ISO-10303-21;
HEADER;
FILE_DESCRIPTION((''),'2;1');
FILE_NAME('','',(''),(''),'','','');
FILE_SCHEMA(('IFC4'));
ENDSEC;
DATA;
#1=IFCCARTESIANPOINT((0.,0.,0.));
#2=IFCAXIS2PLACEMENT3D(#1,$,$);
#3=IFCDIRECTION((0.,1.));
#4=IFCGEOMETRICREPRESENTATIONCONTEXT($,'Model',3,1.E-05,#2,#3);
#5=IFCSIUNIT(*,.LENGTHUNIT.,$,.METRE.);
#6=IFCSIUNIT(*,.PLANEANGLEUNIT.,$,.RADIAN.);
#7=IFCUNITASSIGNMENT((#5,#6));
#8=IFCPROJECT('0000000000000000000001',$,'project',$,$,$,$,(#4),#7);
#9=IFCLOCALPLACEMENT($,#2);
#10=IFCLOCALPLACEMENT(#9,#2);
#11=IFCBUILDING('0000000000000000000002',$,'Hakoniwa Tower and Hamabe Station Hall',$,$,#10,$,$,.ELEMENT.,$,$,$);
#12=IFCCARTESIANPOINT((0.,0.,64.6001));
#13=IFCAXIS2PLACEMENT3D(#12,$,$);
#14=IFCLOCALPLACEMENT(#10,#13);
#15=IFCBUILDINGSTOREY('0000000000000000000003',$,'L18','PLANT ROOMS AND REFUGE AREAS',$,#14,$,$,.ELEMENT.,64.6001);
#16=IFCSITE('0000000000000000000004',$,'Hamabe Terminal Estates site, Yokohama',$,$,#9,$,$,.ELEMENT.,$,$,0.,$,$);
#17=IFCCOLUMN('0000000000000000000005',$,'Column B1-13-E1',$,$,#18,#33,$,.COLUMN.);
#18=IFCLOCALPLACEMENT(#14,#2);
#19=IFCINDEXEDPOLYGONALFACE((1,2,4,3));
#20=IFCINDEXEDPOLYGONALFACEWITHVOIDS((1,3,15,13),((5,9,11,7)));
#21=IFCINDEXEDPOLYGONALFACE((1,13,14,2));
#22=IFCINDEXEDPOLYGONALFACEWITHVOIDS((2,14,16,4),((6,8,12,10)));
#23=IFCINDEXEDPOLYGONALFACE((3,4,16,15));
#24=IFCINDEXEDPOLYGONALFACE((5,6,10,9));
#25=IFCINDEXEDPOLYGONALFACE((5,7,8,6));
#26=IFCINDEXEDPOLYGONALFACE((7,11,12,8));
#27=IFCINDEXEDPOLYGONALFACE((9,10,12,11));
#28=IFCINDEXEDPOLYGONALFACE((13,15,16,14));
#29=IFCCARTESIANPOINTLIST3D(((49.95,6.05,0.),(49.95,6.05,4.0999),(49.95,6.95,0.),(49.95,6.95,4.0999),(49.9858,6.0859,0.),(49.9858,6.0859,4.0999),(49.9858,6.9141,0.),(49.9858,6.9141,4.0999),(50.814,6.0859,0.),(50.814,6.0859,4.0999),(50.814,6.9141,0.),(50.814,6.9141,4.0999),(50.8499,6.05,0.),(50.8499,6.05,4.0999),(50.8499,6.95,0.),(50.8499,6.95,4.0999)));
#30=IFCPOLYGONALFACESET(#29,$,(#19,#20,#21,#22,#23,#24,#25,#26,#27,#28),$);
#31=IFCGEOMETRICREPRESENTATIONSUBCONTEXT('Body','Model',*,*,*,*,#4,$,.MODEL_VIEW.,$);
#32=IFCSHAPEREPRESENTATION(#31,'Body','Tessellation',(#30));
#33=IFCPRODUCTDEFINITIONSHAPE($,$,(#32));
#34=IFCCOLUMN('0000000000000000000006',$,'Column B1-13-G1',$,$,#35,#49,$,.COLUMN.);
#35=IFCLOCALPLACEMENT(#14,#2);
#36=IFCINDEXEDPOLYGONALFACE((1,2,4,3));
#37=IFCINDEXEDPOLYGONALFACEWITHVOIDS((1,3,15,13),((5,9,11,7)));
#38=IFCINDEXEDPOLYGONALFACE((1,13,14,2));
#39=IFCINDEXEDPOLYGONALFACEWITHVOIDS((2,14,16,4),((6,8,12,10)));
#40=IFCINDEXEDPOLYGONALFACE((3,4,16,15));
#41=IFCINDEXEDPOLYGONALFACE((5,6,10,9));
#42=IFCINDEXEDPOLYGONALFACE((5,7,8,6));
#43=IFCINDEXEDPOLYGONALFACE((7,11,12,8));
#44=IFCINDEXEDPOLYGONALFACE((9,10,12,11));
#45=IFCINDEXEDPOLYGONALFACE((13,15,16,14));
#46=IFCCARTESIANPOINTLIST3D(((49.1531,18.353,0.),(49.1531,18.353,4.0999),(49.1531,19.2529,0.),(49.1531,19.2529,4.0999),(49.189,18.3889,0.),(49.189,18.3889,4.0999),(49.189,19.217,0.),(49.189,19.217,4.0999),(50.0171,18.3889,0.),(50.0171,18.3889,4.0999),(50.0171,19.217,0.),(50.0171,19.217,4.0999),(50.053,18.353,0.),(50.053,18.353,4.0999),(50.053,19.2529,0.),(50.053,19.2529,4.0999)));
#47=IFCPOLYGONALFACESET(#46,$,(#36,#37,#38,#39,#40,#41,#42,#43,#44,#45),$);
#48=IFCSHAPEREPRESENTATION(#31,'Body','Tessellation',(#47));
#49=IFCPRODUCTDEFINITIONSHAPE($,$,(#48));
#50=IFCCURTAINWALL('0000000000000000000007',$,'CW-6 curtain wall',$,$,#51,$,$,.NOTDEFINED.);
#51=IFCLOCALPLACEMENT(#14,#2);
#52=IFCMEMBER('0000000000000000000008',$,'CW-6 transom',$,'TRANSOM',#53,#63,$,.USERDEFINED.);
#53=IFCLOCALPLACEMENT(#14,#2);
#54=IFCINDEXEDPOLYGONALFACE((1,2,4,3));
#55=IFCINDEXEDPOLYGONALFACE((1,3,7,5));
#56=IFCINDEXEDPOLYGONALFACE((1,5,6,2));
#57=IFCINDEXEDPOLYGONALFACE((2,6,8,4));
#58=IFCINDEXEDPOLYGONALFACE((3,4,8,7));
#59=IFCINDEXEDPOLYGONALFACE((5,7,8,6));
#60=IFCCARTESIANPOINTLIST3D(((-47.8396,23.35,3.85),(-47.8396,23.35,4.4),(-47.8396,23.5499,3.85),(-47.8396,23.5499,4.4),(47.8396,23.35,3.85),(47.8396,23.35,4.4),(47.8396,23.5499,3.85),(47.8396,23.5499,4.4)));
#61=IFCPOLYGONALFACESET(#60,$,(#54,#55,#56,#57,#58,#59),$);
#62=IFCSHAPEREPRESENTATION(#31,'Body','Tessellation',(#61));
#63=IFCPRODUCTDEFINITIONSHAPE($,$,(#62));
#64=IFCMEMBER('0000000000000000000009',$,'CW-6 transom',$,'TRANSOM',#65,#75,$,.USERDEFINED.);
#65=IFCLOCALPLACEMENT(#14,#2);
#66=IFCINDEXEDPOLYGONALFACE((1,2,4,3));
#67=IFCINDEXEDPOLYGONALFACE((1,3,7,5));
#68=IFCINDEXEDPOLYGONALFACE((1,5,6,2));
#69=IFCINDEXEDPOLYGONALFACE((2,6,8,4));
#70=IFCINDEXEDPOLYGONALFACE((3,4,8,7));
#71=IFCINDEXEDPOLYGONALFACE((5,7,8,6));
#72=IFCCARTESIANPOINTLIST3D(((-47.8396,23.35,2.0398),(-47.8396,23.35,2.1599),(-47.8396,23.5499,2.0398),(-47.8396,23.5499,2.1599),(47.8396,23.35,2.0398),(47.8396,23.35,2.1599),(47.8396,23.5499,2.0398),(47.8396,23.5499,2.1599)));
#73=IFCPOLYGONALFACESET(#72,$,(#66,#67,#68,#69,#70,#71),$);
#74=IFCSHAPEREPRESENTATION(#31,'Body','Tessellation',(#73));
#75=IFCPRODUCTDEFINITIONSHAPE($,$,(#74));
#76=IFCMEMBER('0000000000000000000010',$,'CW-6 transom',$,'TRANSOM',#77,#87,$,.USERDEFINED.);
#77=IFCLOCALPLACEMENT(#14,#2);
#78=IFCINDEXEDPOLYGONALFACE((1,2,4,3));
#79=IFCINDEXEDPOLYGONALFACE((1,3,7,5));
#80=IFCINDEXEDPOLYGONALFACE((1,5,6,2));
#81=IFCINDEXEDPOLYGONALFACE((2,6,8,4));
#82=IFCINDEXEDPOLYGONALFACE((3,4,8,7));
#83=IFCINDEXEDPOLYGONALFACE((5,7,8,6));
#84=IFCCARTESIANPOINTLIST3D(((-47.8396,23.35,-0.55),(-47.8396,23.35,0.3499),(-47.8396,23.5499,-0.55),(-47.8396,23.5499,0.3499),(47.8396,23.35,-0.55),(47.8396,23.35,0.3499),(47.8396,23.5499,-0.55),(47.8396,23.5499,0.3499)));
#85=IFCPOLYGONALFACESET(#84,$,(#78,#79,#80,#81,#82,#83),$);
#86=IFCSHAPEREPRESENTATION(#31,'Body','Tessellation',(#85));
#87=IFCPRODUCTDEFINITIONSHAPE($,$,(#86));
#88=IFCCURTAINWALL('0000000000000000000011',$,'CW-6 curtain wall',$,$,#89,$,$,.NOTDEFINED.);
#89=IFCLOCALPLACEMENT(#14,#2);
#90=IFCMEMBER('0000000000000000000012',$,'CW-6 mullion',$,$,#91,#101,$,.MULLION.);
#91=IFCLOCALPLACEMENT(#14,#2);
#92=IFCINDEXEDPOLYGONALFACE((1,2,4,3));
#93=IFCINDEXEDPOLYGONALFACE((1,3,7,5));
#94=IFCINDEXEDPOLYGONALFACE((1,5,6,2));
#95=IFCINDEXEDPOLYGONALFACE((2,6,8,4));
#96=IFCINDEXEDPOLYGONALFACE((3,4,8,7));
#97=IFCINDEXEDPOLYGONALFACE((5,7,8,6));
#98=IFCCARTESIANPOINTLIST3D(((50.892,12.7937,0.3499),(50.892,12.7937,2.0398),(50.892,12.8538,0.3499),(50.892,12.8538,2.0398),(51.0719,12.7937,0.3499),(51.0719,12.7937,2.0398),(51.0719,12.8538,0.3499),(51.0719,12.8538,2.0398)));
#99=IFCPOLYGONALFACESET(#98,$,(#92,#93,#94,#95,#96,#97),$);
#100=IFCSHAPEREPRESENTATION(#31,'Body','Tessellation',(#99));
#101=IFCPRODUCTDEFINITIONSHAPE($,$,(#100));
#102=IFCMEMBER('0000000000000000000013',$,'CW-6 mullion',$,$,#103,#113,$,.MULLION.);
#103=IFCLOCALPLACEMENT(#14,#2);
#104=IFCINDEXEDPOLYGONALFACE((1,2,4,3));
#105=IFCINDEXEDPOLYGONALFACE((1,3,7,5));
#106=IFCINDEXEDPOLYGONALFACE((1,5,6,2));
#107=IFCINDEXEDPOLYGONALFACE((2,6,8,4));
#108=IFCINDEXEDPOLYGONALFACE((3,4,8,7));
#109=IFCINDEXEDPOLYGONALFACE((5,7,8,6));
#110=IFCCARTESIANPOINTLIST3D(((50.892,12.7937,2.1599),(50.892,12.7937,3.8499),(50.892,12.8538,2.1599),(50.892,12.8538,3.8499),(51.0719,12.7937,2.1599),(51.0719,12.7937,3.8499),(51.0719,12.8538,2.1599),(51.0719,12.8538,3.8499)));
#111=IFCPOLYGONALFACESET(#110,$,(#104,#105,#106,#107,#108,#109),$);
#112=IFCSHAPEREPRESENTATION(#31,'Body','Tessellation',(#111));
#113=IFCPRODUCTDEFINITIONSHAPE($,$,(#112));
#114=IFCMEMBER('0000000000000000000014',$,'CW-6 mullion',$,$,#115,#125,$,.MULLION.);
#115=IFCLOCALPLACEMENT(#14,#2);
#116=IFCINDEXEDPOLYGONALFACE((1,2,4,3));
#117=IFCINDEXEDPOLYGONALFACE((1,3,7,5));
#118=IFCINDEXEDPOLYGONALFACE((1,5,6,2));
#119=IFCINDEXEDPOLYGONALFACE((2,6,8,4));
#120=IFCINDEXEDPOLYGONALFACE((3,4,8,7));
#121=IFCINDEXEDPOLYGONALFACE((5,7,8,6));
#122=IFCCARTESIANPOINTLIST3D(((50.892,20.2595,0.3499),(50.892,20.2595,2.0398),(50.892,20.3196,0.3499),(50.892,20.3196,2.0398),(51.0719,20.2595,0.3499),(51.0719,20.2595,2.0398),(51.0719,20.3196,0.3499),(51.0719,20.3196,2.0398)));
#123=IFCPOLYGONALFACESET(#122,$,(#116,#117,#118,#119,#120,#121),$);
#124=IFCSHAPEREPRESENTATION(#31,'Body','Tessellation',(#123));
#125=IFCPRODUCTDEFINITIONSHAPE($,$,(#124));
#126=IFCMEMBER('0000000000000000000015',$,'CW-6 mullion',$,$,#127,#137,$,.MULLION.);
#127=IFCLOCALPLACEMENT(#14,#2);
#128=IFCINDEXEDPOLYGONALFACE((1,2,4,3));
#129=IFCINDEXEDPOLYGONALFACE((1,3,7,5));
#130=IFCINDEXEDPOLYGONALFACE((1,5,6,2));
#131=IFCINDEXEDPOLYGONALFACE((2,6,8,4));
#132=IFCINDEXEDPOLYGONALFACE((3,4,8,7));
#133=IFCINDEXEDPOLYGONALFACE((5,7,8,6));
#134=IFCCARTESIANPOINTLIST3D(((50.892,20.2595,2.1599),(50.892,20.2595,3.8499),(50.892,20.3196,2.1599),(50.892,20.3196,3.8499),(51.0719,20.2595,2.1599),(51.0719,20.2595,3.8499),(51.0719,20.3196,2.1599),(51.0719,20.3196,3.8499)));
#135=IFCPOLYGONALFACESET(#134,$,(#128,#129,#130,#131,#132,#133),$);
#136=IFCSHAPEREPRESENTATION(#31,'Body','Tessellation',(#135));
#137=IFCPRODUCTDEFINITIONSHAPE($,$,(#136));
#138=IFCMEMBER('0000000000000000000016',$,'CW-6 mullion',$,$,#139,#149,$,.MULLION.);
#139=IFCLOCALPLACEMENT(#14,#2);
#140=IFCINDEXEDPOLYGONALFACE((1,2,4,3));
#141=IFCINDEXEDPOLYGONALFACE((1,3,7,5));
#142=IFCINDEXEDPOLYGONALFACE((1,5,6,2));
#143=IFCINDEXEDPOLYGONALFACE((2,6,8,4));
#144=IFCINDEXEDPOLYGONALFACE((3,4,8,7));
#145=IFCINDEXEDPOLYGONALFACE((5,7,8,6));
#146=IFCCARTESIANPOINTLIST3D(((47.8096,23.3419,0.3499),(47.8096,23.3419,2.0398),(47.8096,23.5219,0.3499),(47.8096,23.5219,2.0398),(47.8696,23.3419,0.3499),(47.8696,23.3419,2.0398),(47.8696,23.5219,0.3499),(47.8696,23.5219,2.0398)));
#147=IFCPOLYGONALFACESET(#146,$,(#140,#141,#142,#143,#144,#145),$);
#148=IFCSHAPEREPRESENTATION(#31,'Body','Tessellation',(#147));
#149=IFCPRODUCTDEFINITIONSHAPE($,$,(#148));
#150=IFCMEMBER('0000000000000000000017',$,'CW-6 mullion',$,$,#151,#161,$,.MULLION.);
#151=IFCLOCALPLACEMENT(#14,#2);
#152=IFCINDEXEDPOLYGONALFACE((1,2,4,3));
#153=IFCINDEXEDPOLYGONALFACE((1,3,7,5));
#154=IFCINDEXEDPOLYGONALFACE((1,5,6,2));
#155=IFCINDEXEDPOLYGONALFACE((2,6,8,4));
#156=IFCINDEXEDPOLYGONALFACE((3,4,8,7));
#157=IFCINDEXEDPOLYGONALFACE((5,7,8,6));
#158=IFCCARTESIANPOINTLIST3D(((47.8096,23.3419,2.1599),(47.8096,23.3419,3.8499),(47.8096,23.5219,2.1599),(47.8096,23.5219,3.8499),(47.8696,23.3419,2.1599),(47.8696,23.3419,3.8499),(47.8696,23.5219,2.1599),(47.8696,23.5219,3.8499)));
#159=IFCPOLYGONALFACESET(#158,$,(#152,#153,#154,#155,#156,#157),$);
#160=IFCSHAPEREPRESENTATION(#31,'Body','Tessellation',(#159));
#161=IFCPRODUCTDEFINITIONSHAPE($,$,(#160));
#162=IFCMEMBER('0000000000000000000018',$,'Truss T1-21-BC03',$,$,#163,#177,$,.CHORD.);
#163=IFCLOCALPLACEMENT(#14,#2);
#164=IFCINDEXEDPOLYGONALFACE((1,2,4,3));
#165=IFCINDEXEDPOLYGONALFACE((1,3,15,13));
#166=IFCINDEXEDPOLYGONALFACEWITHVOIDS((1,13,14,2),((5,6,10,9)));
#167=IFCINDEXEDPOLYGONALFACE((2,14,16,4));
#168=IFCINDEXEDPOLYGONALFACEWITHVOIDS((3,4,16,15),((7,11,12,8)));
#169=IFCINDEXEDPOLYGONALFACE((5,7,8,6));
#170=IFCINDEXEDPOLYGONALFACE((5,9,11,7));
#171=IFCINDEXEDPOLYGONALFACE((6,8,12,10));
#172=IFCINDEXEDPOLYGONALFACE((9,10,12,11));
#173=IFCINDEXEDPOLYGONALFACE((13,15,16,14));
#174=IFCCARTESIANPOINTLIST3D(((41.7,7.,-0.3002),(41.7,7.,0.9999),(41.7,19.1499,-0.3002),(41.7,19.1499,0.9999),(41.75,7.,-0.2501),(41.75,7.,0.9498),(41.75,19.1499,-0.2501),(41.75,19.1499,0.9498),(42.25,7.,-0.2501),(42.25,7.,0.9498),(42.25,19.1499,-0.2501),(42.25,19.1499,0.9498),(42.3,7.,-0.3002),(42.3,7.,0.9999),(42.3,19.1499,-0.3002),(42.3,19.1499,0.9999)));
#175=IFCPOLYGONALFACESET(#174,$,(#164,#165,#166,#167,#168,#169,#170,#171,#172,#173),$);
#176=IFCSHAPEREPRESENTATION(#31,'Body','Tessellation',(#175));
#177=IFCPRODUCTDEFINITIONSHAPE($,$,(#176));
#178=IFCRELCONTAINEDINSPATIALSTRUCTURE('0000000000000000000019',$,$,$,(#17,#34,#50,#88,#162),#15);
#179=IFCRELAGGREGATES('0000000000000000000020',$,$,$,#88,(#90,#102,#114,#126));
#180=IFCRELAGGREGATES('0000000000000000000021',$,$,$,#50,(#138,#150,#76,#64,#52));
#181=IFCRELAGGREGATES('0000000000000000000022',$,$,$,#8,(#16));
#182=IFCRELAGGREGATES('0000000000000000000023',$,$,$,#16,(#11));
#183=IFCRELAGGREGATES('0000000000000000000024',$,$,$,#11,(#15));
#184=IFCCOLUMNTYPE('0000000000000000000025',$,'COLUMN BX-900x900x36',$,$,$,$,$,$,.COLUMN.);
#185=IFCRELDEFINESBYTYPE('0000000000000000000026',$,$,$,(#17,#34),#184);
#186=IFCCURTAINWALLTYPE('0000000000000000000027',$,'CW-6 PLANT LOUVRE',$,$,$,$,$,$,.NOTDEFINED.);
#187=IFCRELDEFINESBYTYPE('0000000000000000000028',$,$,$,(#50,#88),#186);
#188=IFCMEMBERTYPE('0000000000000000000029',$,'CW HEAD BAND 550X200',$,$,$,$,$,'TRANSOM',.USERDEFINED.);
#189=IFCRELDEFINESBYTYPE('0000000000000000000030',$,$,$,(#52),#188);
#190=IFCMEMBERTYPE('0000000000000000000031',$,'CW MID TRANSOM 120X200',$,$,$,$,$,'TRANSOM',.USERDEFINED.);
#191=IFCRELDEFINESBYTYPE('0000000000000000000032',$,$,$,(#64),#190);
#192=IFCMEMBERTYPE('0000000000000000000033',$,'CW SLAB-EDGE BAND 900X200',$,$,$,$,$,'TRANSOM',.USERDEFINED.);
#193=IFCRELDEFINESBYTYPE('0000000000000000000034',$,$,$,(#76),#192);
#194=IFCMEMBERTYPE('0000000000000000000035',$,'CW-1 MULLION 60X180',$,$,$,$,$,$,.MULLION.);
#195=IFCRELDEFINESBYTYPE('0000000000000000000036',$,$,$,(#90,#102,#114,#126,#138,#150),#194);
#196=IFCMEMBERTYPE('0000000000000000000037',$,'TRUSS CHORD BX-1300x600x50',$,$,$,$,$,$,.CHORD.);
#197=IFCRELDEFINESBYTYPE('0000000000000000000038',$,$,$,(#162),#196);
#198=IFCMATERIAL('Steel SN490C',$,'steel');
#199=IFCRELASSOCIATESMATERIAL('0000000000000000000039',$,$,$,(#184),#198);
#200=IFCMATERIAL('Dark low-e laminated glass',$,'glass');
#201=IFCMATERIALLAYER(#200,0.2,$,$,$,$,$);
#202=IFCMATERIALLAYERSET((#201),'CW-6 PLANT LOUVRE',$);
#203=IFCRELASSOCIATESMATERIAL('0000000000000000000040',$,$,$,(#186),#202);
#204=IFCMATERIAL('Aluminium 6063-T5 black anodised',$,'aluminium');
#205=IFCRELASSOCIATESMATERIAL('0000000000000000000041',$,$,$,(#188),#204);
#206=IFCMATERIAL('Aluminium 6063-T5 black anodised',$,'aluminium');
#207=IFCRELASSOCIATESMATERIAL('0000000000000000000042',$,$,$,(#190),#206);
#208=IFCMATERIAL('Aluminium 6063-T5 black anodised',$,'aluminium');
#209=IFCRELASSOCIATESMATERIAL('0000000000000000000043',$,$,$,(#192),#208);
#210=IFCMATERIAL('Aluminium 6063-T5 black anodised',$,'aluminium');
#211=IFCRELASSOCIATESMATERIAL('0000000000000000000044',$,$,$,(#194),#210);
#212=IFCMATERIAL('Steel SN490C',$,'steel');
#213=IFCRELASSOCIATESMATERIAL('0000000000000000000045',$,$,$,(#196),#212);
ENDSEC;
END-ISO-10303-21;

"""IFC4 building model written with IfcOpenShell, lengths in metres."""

from ifc_helpers import new_model, si_unit, direction, frame, origin, origin_2d, place, context, subcontext, project, spatial, rectangle, hollow_rectangle, extrude, material, layer, layer_set, material_profile, profile_set, type_object, element, aggregate, save


model = new_model("IFC4")

# Units and contexts
model_context = context("Model", 3, precision=1e-05, world=origin(), true_north=direction((0.0, 1.0)))
body_context = subcontext(model_context, "Body", "Model", "MODEL_VIEW")
ifc_project = project(units=[si_unit("LENGTHUNIT", "METRE"), si_unit("PLANEANGLEUNIT", "RADIAN")], contexts=[model_context])

# Site, building, storey
site_placement = place(None, origin())
site = spatial("IfcSite", under=ifc_project, at=site_placement, Name="Hamabe Terminal Estates site, Yokohama", CompositionType="ELEMENT", RefElevation=0.0)
building_placement = place(site_placement, origin())
building = spatial("IfcBuilding", under=site, at=building_placement, Name="Hakoniwa Tower and Hamabe Station Hall", CompositionType="ELEMENT")
storey_placement = place(building_placement, frame((0.0, 0.0, 64.6001)))
storey = spatial("IfcBuildingStorey", under=building, at=storey_placement, Name="L18", Description="PLANT ROOMS AND REFUGE AREAS", CompositionType="ELEMENT", Elevation=64.6001)

# Columns
ifc_material_1 = material(Name="Steel SN490C", Category="steel")
ifc_material_profile_1 = material_profile(ifc_material_1, hollow_rectangle(XDim=0.8999, YDim=0.8999, WallThickness=0.0359, at=origin_2d()), Name="BX-900x900x36")
ifc_profile_set_1 = profile_set([ifc_material_profile_1], Name="Steel SN490C")
column_type = type_object("IfcColumnType", Name="COLUMN BX-900x900x36", PredefinedType="COLUMN", material=ifc_profile_set_1)
for number, where, z_axis, x_axis, name in (
    (1, (50.3999, 6.5, 0.0), (0.0, 0.0, 1.0), (1.0, 0.0, 0.0), "Column B1-13-E1"),
    (2, (49.603, 18.803, 0.0), (0.0, 0.0, 1.0), (1.0, 0.0, 0.0), "Column B1-13-G1"),
):
    element("IfcColumn", number, at=place(storey_placement, frame(where, z_axis=z_axis, x_axis=x_axis)), inside=storey, type_object=column_type, Name=name, PredefinedType="COLUMN", context=body_context, shape_type="SweptSolid", body=[
        extrude(hollow_rectangle(XDim=0.8999, YDim=0.8999, WallThickness=0.0359, at=origin_2d()), origin(), (0.0, 0.0, 1.0), 4.0999),
    ])

# Curtain walls, members
ifc_material_2 = material(Name="Dark low-e laminated glass", Category="glass")
ifc_layer_1 = layer(ifc_material_2, 0.2)
ifc_layer_set_1 = layer_set([ifc_layer_1], Name="CW-6 PLANT LOUVRE")
curtain_wall_type = type_object("IfcCurtainWallType", Name="CW-6 PLANT LOUVRE", PredefinedType="NOTDEFINED", material=ifc_layer_set_1)
curtain_wall_1_placement = place(storey_placement, origin())
curtain_wall_1 = element("IfcCurtainWall", 3, at=curtain_wall_1_placement, inside=storey, type_object=curtain_wall_type, Name="CW-6 curtain wall", PredefinedType="NOTDEFINED")
ifc_material_3 = material(Name="Aluminium 6063-T5 black anodised", Category="aluminium")
ifc_material_profile_2 = material_profile(ifc_material_3, rectangle(XDim=0.2, YDim=0.55, at=origin_2d()), Name="CW HEAD BAND 550X200")
ifc_profile_set_2 = profile_set([ifc_material_profile_2], Name="Aluminium 6063-T5 black anodised")
member_type_1 = type_object("IfcMemberType", Name="CW HEAD BAND 550X200", ElementType="TRANSOM", PredefinedType="USERDEFINED", material=ifc_profile_set_2)
member_1_placement = place(storey_placement, frame((47.8396, 23.45, 4.125), z_axis=(-1.0, 0.0, 0.0), x_axis=(0.0, -1.0, 0.0)))
member_1 = element("IfcMember", 4, at=member_1_placement, type_object=member_type_1, Name="CW-6 transom", ObjectType="TRANSOM", PredefinedType="USERDEFINED", context=body_context, shape_type="SweptSolid", body=[
    extrude(rectangle(XDim=0.2, YDim=0.55, at=origin_2d()), origin(), (0.0, 0.0, 1.0), 95.6792),
])
ifc_material_4 = material(Name="Aluminium 6063-T5 black anodised", Category="aluminium")
ifc_material_profile_3 = material_profile(ifc_material_4, rectangle(XDim=0.2, YDim=0.1201, at=origin_2d()), Name="CW MID TRANSOM 120X200")
ifc_profile_set_3 = profile_set([ifc_material_profile_3], Name="Aluminium 6063-T5 black anodised")
member_type_2 = type_object("IfcMemberType", Name="CW MID TRANSOM 120X200", ElementType="TRANSOM", PredefinedType="USERDEFINED", material=ifc_profile_set_3)
member_2_placement = place(storey_placement, frame((47.8396, 23.45, 2.0999), z_axis=(-1.0, 0.0, 0.0), x_axis=(0.0, -1.0, 0.0)))
member_2 = element("IfcMember", 5, at=member_2_placement, type_object=member_type_2, Name="CW-6 transom", ObjectType="TRANSOM", PredefinedType="USERDEFINED", context=body_context, shape_type="SweptSolid", body=[
    extrude(rectangle(XDim=0.2, YDim=0.1201, at=origin_2d()), origin(), (0.0, 0.0, 1.0), 95.6792),
])
ifc_material_5 = material(Name="Aluminium 6063-T5 black anodised", Category="aluminium")
ifc_material_profile_4 = material_profile(ifc_material_5, rectangle(XDim=0.2, YDim=0.8999, at=origin_2d()), Name="CW SLAB-EDGE BAND 900X200")
ifc_profile_set_4 = profile_set([ifc_material_profile_4], Name="Aluminium 6063-T5 black anodised")
member_type_3 = type_object("IfcMemberType", Name="CW SLAB-EDGE BAND 900X200", ElementType="TRANSOM", PredefinedType="USERDEFINED", material=ifc_profile_set_4)
member_3_placement = place(storey_placement, frame((47.8396, 23.45, -0.1001), z_axis=(-1.0, 0.0, 0.0), x_axis=(0.0, -1.0, 0.0)))
member_3 = element("IfcMember", 6, at=member_3_placement, type_object=member_type_3, Name="CW-6 transom", ObjectType="TRANSOM", PredefinedType="USERDEFINED", context=body_context, shape_type="SweptSolid", body=[
    extrude(rectangle(XDim=0.2, YDim=0.8999, at=origin_2d()), origin(), (0.0, 0.0, 1.0), 95.6792),
])
curtain_wall_2_placement = place(storey_placement, origin())
curtain_wall_2 = element("IfcCurtainWall", 7, at=curtain_wall_2_placement, inside=storey, type_object=curtain_wall_type, Name="CW-6 curtain wall", PredefinedType="NOTDEFINED")
ifc_material_6 = material(Name="Aluminium 6063-T5 black anodised", Category="aluminium")
ifc_material_profile_5 = material_profile(ifc_material_6, rectangle(XDim=0.0601, YDim=0.1799, at=origin_2d()), Name="CW-1 MULLION 60X180")
ifc_profile_set_5 = profile_set([ifc_material_profile_5], Name="Aluminium 6063-T5 black anodised")
member_type_4 = type_object("IfcMemberType", Name="CW-1 MULLION 60X180", PredefinedType="MULLION", material=ifc_profile_set_5)
member_4_placement = place(storey_placement, frame((50.9819, 12.8237, 0.3499), z_axis=(0.0, 0.0, 1.0), x_axis=(0.0, 1.0, 0.0)))
member_4 = element("IfcMember", 8, at=member_4_placement, type_object=member_type_4, Name="CW-6 mullion", PredefinedType="MULLION", context=body_context, shape_type="SweptSolid", body=[
    extrude(rectangle(XDim=0.0601, YDim=0.1799, at=origin_2d()), origin(), (0.0, 0.0, 1.0), 1.6899),
])
member_5_placement = place(storey_placement, frame((50.9819, 12.8237, 2.1599), z_axis=(0.0, 0.0, 1.0), x_axis=(0.0, 1.0, 0.0)))
member_5 = element("IfcMember", 9, at=member_5_placement, type_object=member_type_4, Name="CW-6 mullion", PredefinedType="MULLION", context=body_context, shape_type="SweptSolid", body=[
    extrude(rectangle(XDim=0.0601, YDim=0.1799, at=origin_2d()), origin(), (0.0, 0.0, 1.0), 1.6899),
])
member_6_placement = place(storey_placement, frame((50.9819, 20.2896, 0.3499), z_axis=(0.0, 0.0, 1.0), x_axis=(0.0, 1.0, 0.0)))
member_6 = element("IfcMember", 10, at=member_6_placement, type_object=member_type_4, Name="CW-6 mullion", PredefinedType="MULLION", context=body_context, shape_type="SweptSolid", body=[
    extrude(rectangle(XDim=0.0601, YDim=0.1799, at=origin_2d()), origin(), (0.0, 0.0, 1.0), 1.6899),
])
member_7_placement = place(storey_placement, frame((50.9819, 20.2896, 2.1599), z_axis=(0.0, 0.0, 1.0), x_axis=(0.0, 1.0, 0.0)))
member_7 = element("IfcMember", 11, at=member_7_placement, type_object=member_type_4, Name="CW-6 mullion", PredefinedType="MULLION", context=body_context, shape_type="SweptSolid", body=[
    extrude(rectangle(XDim=0.0601, YDim=0.1799, at=origin_2d()), origin(), (0.0, 0.0, 1.0), 1.6899),
])

# Members
member_8_placement = place(storey_placement, frame((47.8396, 23.4319, 0.3499), z_axis=(0.0, 0.0, 1.0), x_axis=(-1.0, 0.0, 0.0)))
member_8 = element("IfcMember", 12, at=member_8_placement, type_object=member_type_4, Name="CW-6 mullion", PredefinedType="MULLION", context=body_context, shape_type="SweptSolid", body=[
    extrude(rectangle(XDim=0.0601, YDim=0.1799, at=origin_2d()), origin(), (0.0, 0.0, 1.0), 1.6899),
])
member_9_placement = place(storey_placement, frame((47.8396, 23.4319, 2.1599), z_axis=(0.0, 0.0, 1.0), x_axis=(-1.0, 0.0, 0.0)))
member_9 = element("IfcMember", 13, at=member_9_placement, type_object=member_type_4, Name="CW-6 mullion", PredefinedType="MULLION", context=body_context, shape_type="SweptSolid", body=[
    extrude(rectangle(XDim=0.0601, YDim=0.1799, at=origin_2d()), origin(), (0.0, 0.0, 1.0), 1.6899),
])

# Member
ifc_material_7 = material(Name="Steel SN490C", Category="steel")
ifc_material_profile_6 = material_profile(ifc_material_7, hollow_rectangle(XDim=0.6001, YDim=1.3, WallThickness=0.05, at=origin_2d()), Name="BX-1300x600x50")
ifc_profile_set_6 = profile_set([ifc_material_profile_6], Name="Steel SN490C")
member_type_5 = type_object("IfcMemberType", Name="TRUSS CHORD BX-1300x600x50", PredefinedType="CHORD", material=ifc_profile_set_6)
member_10_placement = place(storey_placement, frame((42.0, 7.0, 0.3499), z_axis=(0.0, 1.0, 0.0), x_axis=(-1.0, 0.0, 0.0)))
element("IfcMember", 14, at=member_10_placement, inside=storey, type_object=member_type_5, Name="Truss T1-21-BC03", PredefinedType="CHORD", context=body_context, shape_type="SweptSolid", body=[
    extrude(hollow_rectangle(XDim=0.6001, YDim=1.3, WallThickness=0.05, at=origin_2d()), origin(), (0.0, 0.0, 1.0), 12.1499),
])

aggregate(curtain_wall_2, [member_4, member_5, member_6, member_7])
aggregate(curtain_wall_1, [member_8, member_9, member_3, member_2, member_1])

save(model, "model.ifc")
